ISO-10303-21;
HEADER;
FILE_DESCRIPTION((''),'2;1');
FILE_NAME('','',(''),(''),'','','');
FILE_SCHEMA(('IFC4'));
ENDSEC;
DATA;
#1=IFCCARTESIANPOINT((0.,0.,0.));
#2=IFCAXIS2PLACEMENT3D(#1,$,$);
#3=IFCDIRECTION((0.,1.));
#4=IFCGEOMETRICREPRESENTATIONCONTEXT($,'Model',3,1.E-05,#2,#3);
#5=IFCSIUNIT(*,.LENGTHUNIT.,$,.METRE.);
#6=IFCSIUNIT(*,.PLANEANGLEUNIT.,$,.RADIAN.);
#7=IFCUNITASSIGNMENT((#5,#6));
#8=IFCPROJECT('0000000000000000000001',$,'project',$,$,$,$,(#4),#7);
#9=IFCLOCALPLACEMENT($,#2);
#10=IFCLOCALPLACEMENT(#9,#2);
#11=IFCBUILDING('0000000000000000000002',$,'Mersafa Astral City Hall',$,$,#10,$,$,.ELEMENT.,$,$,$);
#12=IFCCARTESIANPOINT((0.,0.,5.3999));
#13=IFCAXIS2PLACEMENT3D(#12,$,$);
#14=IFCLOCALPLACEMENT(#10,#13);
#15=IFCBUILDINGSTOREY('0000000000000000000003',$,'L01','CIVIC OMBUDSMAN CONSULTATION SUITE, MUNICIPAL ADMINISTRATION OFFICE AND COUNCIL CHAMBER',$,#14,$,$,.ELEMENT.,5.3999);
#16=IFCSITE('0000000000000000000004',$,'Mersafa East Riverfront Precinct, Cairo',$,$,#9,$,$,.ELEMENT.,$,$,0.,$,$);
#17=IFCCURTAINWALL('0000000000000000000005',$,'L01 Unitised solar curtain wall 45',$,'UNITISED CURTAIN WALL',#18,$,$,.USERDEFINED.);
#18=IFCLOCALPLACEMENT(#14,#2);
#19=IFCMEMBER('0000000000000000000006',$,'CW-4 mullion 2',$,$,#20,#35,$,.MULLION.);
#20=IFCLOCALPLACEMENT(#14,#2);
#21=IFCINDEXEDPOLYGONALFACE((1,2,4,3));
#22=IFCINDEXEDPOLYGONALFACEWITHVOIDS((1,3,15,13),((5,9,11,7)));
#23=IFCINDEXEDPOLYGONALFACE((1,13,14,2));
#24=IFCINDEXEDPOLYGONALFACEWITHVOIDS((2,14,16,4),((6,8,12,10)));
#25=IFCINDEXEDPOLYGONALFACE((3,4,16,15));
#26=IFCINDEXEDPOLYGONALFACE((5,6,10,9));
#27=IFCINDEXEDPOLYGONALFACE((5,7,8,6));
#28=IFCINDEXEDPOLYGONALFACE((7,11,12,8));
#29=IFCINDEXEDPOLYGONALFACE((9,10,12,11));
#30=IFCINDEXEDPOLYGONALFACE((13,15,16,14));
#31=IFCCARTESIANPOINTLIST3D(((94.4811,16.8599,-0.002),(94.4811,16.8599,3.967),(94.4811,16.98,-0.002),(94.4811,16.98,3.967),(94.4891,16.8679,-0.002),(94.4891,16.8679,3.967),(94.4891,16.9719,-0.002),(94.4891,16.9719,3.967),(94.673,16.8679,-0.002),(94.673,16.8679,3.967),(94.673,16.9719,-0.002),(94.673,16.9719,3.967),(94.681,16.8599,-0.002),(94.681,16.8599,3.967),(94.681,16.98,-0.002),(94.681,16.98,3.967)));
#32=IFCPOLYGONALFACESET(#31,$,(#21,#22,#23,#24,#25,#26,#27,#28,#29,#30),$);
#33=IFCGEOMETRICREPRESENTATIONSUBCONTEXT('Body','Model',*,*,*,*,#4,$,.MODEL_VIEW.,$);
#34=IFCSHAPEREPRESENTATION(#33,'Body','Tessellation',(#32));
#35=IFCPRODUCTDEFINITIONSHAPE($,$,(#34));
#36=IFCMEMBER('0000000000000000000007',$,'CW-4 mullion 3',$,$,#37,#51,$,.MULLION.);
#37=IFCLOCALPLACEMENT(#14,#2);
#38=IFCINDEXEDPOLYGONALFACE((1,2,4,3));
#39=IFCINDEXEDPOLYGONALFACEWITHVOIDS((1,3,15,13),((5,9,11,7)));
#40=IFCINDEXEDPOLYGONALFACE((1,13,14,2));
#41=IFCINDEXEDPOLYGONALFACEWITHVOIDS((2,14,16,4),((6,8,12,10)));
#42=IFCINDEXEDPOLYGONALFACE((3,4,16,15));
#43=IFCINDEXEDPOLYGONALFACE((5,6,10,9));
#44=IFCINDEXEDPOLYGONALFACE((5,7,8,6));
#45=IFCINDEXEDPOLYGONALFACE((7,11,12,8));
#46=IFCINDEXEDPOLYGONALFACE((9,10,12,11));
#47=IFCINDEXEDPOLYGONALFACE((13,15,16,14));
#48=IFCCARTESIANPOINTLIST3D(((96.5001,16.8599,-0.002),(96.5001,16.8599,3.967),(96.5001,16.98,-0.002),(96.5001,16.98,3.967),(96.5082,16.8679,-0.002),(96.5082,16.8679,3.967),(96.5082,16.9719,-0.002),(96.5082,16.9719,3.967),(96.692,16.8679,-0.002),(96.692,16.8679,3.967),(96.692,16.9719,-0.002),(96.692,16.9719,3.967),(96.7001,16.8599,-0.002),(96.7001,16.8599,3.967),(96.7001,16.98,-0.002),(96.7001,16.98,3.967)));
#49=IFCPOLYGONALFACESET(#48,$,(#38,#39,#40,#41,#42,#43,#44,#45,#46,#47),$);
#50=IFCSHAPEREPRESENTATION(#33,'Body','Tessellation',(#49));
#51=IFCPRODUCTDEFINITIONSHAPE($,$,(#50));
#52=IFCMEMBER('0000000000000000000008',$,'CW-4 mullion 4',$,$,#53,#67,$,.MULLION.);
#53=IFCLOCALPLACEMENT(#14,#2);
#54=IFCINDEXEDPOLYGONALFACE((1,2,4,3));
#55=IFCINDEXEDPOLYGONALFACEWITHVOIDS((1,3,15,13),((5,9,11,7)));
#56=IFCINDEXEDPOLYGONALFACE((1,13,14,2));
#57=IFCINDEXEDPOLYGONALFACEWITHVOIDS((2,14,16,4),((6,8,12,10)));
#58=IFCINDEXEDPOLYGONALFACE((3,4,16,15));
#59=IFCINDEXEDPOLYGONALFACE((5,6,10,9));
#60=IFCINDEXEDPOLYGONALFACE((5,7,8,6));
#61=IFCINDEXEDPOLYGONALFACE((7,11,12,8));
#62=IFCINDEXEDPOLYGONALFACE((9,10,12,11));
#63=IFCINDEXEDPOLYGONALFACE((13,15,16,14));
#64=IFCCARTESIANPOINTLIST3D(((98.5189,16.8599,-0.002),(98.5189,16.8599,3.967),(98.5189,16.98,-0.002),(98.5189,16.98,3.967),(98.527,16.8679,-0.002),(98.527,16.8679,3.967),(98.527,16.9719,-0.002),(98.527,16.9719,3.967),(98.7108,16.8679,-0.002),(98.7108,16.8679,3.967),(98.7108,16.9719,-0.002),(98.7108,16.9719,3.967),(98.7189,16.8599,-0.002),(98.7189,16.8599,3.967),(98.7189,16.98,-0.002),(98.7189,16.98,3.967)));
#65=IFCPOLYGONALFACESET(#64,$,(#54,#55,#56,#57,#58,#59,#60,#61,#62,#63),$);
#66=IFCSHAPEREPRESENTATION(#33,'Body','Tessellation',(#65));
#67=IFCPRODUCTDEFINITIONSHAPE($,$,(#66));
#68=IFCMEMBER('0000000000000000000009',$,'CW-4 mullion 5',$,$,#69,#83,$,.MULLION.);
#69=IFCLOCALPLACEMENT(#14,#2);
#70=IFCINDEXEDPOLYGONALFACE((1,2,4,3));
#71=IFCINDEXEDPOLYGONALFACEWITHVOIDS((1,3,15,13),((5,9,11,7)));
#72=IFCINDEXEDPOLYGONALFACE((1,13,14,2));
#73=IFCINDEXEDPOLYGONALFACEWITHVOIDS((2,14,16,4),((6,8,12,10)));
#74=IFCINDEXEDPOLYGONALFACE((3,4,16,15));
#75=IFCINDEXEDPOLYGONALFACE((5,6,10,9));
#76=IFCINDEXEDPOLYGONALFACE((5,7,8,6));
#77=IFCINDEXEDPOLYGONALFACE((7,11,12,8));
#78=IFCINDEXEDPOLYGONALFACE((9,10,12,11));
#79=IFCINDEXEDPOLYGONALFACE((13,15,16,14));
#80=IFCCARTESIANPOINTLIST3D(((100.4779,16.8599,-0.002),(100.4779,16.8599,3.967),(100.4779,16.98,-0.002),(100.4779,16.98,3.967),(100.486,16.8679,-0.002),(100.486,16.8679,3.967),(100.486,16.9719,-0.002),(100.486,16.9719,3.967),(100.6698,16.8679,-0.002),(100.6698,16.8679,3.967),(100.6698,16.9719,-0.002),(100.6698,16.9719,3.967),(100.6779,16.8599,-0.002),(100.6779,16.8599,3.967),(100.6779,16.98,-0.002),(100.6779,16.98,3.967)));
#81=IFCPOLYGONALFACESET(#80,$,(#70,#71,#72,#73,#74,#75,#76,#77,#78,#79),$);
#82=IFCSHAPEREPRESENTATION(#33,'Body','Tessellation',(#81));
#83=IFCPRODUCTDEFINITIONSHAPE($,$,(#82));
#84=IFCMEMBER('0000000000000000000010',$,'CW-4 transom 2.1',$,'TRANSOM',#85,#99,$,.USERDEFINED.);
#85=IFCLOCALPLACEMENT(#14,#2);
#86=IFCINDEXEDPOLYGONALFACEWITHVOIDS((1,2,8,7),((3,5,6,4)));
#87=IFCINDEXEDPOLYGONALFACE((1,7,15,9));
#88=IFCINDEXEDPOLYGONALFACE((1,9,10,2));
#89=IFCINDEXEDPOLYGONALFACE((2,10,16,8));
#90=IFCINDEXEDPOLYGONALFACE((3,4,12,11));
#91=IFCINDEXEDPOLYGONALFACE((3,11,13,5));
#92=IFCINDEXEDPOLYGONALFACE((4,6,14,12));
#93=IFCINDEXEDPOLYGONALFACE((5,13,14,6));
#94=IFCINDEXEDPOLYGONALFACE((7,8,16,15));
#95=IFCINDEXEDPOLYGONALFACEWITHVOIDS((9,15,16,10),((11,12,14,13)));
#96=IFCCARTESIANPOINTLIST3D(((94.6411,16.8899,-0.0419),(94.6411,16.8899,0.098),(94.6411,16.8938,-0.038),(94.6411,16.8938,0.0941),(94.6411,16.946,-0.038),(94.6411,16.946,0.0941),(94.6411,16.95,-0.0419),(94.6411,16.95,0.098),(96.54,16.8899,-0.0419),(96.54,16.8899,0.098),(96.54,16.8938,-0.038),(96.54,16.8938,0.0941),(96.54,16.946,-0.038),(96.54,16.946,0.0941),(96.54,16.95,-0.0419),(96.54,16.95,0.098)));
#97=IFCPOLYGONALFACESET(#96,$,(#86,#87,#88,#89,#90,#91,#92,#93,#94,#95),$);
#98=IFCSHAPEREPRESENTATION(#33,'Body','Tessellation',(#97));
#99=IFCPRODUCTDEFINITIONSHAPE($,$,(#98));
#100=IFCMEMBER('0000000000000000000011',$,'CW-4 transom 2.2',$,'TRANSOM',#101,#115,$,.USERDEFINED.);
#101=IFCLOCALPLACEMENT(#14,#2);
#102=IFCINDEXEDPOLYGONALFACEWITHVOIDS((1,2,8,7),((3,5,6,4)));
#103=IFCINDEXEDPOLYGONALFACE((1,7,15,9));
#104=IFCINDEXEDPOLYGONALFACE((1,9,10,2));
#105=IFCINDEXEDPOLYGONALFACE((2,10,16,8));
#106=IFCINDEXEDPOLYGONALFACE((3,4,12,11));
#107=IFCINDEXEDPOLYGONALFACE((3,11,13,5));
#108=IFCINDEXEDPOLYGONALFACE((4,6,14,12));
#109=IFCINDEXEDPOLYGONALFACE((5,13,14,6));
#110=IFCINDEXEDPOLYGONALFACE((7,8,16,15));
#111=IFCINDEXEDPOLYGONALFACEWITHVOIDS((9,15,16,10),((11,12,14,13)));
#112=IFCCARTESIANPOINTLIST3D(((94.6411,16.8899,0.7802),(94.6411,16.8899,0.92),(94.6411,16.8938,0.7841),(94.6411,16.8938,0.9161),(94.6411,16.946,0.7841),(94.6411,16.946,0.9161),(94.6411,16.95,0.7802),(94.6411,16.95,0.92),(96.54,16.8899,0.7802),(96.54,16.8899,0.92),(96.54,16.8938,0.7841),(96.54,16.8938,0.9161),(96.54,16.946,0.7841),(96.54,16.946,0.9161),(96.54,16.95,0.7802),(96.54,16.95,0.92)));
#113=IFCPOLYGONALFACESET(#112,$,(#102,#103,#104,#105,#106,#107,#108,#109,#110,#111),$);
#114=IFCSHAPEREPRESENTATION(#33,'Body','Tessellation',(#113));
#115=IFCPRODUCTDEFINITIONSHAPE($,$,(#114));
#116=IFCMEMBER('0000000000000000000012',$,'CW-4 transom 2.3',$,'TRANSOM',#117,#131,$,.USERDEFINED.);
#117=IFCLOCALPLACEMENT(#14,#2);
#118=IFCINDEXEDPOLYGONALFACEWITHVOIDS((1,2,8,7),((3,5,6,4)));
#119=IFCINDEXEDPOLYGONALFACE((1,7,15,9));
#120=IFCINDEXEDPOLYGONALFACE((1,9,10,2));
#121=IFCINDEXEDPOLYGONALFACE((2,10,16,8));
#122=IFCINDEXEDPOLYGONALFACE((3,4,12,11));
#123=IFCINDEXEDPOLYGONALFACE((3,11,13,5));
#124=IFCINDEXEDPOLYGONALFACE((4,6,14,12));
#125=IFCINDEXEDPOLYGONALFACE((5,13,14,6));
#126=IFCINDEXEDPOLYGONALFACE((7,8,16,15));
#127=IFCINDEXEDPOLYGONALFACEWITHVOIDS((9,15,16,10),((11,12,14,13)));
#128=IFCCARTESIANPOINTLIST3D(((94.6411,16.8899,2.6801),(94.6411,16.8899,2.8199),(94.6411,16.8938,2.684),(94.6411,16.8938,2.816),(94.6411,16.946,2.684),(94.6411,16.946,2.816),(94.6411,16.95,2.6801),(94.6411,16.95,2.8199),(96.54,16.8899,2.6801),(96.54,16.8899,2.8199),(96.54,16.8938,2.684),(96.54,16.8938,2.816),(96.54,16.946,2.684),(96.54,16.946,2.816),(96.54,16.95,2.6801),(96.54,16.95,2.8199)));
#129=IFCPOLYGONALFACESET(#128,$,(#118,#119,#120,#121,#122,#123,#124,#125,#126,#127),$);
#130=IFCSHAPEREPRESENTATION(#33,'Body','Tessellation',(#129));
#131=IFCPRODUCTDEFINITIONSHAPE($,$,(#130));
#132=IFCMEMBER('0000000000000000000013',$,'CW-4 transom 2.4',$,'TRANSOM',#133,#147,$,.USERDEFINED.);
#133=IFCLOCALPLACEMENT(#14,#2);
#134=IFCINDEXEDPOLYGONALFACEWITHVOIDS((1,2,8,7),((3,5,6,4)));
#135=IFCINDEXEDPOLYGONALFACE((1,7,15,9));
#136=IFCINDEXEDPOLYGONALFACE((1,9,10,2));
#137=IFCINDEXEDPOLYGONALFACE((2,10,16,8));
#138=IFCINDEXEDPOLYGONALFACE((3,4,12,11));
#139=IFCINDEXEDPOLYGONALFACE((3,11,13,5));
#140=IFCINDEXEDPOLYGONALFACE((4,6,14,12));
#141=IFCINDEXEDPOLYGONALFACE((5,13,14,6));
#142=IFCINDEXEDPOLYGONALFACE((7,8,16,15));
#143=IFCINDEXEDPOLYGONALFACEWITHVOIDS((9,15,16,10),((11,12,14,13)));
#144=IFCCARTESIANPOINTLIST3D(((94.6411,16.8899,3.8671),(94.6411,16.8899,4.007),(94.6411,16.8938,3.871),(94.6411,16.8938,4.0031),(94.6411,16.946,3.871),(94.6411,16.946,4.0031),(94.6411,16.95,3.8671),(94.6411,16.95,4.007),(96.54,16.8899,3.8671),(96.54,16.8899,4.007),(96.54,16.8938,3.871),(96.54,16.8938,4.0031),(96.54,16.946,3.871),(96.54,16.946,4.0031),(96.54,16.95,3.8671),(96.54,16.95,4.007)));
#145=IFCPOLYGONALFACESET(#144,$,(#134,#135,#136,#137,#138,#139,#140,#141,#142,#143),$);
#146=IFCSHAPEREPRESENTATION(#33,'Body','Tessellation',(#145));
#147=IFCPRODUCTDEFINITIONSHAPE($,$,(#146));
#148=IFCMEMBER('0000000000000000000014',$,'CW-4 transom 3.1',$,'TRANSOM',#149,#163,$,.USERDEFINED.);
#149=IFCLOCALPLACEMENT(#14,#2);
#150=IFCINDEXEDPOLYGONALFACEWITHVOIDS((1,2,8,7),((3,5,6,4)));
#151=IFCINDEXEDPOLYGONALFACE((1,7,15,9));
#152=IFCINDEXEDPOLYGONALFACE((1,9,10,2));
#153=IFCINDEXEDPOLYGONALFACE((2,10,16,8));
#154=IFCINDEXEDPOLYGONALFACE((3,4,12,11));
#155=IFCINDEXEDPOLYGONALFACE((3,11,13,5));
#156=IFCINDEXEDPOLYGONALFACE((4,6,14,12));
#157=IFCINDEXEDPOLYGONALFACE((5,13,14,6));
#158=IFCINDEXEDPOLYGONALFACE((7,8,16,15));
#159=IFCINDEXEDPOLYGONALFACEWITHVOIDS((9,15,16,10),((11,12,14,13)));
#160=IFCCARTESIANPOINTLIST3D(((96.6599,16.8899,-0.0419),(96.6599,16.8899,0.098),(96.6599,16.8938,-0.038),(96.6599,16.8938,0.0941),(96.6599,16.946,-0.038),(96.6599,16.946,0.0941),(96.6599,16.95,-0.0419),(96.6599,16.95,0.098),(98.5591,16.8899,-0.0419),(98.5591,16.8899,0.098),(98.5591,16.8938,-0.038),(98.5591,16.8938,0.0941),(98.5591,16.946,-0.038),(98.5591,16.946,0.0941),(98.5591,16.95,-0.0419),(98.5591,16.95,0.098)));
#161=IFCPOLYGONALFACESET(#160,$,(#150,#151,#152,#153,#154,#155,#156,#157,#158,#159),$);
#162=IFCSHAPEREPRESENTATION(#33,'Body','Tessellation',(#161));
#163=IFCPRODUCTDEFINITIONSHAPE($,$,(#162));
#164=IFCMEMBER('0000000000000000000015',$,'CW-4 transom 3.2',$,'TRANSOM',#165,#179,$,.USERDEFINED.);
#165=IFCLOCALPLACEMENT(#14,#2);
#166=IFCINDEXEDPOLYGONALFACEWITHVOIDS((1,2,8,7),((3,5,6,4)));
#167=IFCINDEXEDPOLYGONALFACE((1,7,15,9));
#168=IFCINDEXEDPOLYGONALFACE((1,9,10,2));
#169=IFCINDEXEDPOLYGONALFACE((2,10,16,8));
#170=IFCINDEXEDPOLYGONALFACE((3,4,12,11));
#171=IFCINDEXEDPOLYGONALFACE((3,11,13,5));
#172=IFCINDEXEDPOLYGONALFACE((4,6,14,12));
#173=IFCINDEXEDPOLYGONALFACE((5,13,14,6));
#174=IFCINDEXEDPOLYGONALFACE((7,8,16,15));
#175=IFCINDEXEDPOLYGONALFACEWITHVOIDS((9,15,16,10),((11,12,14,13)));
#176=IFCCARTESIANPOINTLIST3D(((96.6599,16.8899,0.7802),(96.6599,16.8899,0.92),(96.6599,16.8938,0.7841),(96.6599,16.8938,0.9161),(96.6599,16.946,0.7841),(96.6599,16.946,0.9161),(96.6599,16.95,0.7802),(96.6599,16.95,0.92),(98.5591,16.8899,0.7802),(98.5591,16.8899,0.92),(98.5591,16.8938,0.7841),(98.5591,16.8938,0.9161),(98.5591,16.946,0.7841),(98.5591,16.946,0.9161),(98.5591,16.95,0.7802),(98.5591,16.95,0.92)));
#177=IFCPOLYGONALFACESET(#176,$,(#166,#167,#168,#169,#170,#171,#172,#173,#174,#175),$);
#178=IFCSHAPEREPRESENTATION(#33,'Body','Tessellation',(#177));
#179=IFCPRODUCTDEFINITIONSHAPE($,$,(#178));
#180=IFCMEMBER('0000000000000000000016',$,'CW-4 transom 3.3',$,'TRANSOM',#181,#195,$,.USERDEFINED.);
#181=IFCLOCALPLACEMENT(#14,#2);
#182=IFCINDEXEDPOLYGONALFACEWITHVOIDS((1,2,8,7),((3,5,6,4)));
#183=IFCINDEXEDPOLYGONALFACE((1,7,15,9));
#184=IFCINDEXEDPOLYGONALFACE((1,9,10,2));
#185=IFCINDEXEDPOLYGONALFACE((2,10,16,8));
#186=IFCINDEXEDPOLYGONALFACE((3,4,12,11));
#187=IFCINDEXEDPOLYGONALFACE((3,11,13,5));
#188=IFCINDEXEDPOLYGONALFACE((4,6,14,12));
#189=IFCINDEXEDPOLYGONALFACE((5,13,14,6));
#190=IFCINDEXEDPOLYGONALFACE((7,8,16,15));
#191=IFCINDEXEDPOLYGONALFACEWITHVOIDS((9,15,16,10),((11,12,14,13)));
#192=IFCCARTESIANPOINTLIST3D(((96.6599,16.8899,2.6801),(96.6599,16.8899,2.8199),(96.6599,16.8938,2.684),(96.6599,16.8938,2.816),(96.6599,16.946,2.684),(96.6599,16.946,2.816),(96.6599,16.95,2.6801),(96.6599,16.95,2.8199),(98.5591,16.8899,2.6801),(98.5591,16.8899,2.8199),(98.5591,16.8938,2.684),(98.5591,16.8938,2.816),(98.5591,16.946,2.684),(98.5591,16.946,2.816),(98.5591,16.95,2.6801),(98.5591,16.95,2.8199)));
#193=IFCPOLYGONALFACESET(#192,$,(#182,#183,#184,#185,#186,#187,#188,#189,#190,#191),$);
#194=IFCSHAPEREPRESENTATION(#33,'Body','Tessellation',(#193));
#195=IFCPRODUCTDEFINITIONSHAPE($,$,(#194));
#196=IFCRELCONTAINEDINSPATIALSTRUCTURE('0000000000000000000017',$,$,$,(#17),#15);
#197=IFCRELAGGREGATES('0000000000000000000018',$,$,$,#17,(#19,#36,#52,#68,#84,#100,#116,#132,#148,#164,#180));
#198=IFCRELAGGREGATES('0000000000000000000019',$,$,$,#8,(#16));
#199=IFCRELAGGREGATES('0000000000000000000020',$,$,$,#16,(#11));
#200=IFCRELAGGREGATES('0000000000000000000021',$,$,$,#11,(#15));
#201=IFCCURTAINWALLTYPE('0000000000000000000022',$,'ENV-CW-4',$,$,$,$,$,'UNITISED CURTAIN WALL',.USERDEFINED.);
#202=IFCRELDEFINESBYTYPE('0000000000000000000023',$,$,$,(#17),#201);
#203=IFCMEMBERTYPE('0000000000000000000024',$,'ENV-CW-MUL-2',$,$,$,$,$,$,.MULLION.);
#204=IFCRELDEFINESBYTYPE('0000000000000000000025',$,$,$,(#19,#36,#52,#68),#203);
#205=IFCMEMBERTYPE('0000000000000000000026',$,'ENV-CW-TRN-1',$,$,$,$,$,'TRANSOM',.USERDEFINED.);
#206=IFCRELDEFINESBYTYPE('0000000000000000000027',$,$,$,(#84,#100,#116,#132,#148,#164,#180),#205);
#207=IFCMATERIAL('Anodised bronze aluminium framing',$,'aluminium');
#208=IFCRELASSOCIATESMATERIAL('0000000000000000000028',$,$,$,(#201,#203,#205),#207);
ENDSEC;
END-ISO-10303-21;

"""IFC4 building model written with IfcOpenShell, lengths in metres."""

from ifc_helpers import new_model, si_unit, direction, frame, origin, origin_2d, place, context, subcontext, project, spatial, hollow_rectangle, extrude, material, material_profile, profile_set, type_object, element, aggregate, save


model = new_model("IFC4")

# Units and contexts
model_context = context("Model", 3, precision=1e-05, world=origin(), true_north=direction((0.0, 1.0)))
body_context = subcontext(model_context, "Body", "Model", "MODEL_VIEW")
ifc_project = project(units=[si_unit("LENGTHUNIT", "METRE"), si_unit("PLANEANGLEUNIT", "RADIAN")], contexts=[model_context])

# Site, building, storey
site_placement = place(None, origin())
site = spatial("IfcSite", under=ifc_project, at=site_placement, Name="Mersafa East Riverfront Precinct, Cairo", CompositionType="ELEMENT", RefElevation=0.0)
building_placement = place(site_placement, origin())
building = spatial("IfcBuilding", under=site, at=building_placement, Name="Mersafa Astral City Hall", CompositionType="ELEMENT")
storey_placement = place(building_placement, frame((0.0, 0.0, 5.3999)))
storey = spatial("IfcBuildingStorey", under=building, at=storey_placement, Name="L01", Description="CIVIC OMBUDSMAN CONSULTATION SUITE, MUNICIPAL ADMINISTRATION OFFICE AND COUNCIL CHAMBER", CompositionType="ELEMENT", Elevation=5.3999)

# Curtain wall, members
ifc_material_1 = material(Name="Anodised bronze aluminium framing", Category="aluminium")
curtain_wall_type = type_object("IfcCurtainWallType", Name="ENV-CW-4", ElementType="UNITISED CURTAIN WALL", PredefinedType="USERDEFINED", material=ifc_material_1)
curtain_wall_placement = place(storey_placement, origin())
curtain_wall = element("IfcCurtainWall", 1, at=curtain_wall_placement, inside=storey, type_object=curtain_wall_type, Name="L01 Unitised solar curtain wall 45", ObjectType="UNITISED CURTAIN WALL", PredefinedType="USERDEFINED")
ifc_material_profile_1 = material_profile(ifc_material_1, hollow_rectangle(XDim=0.1201, YDim=0.2, WallThickness=0.0081, at=origin_2d()), Name="RHS 120x200x8")
ifc_profile_set_1 = profile_set([ifc_material_profile_1], Name="Anodised bronze aluminium framing")
member_type_1 = type_object("IfcMemberType", Name="ENV-CW-MUL-2", PredefinedType="MULLION", material=ifc_profile_set_1)
member_1_placement = place(storey_placement, frame((94.5811, 16.9199, -0.002), z_axis=(0.0, 0.0, 1.0), x_axis=(0.0, 1.0, 0.0)))
member_1 = element("IfcMember", 2, at=member_1_placement, type_object=member_type_1, Name="CW-4 mullion 2", PredefinedType="MULLION", context=body_context, shape_type="SweptSolid", body=[
    extrude(hollow_rectangle(XDim=0.1201, YDim=0.2, WallThickness=0.0081, at=origin_2d()), origin(), (0.0, 0.0, 1.0), 3.969),
])
member_2_placement = place(storey_placement, frame((96.6001, 16.9199, -0.002), z_axis=(0.0, 0.0, 1.0), x_axis=(0.0, 1.0, 0.0)))
member_2 = element("IfcMember", 3, at=member_2_placement, type_object=member_type_1, Name="CW-4 mullion 3", PredefinedType="MULLION", context=body_context, shape_type="SweptSolid", body=[
    extrude(hollow_rectangle(XDim=0.1201, YDim=0.2, WallThickness=0.0081, at=origin_2d()), origin(), (0.0, 0.0, 1.0), 3.969),
])
member_3_placement = place(storey_placement, frame((98.6189, 16.9199, -0.002), z_axis=(0.0, 0.0, 1.0), x_axis=(0.0, 1.0, 0.0)))
member_3 = element("IfcMember", 4, at=member_3_placement, type_object=member_type_1, Name="CW-4 mullion 4", PredefinedType="MULLION", context=body_context, shape_type="SweptSolid", body=[
    extrude(hollow_rectangle(XDim=0.1201, YDim=0.2, WallThickness=0.0081, at=origin_2d()), origin(), (0.0, 0.0, 1.0), 3.969),
])
member_4_placement = place(storey_placement, frame((100.5779, 16.9199, -0.002), z_axis=(0.0, 0.0, 1.0), x_axis=(0.0, 1.0, 0.0)))
member_4 = element("IfcMember", 5, at=member_4_placement, type_object=member_type_1, Name="CW-4 mullion 5", PredefinedType="MULLION", context=body_context, shape_type="SweptSolid", body=[
    extrude(hollow_rectangle(XDim=0.1201, YDim=0.2, WallThickness=0.0081, at=origin_2d()), origin(), (0.0, 0.0, 1.0), 3.969),
])
ifc_material_profile_2 = material_profile(ifc_material_1, hollow_rectangle(XDim=0.0601, YDim=0.1399, WallThickness=0.0039, at=origin_2d()), Name="RHS 60x140x4")
ifc_profile_set_2 = profile_set([ifc_material_profile_2], Name="Anodised bronze aluminium framing")
member_type_2 = type_object("IfcMemberType", Name="ENV-CW-TRN-1", ElementType="TRANSOM", PredefinedType="USERDEFINED", material=ifc_profile_set_2)
member_5_placement = place(storey_placement, frame((94.6411, 16.9199, 0.0281), z_axis=(1.0, 0.0, 0.0), x_axis=(0.0, 1.0, 0.0)))
member_5 = element("IfcMember", 6, at=member_5_placement, type_object=member_type_2, Name="CW-4 transom 2.1", ObjectType="TRANSOM", PredefinedType="USERDEFINED", context=body_context, shape_type="SweptSolid", body=[
    extrude(hollow_rectangle(XDim=0.0601, YDim=0.1399, WallThickness=0.0039, at=origin_2d()), origin(), (0.0, 0.0, 1.0), 1.8989),
])
member_6_placement = place(storey_placement, frame((94.6411, 16.9199, 0.8501), z_axis=(1.0, 0.0, 0.0), x_axis=(0.0, 1.0, 0.0)))
member_6 = element("IfcMember", 7, at=member_6_placement, type_object=member_type_2, Name="CW-4 transom 2.2", ObjectType="TRANSOM", PredefinedType="USERDEFINED", context=body_context, shape_type="SweptSolid", body=[
    extrude(hollow_rectangle(XDim=0.0601, YDim=0.1399, WallThickness=0.0039, at=origin_2d()), origin(), (0.0, 0.0, 1.0), 1.8989),
])
member_7_placement = place(storey_placement, frame((94.6411, 16.9199, 2.75), z_axis=(1.0, 0.0, 0.0), x_axis=(0.0, 1.0, 0.0)))
member_7 = element("IfcMember", 8, at=member_7_placement, type_object=member_type_2, Name="CW-4 transom 2.3", ObjectType="TRANSOM", PredefinedType="USERDEFINED", context=body_context, shape_type="SweptSolid", body=[
    extrude(hollow_rectangle(XDim=0.0601, YDim=0.1399, WallThickness=0.0039, at=origin_2d()), origin(), (0.0, 0.0, 1.0), 1.8989),
])
member_8_placement = place(storey_placement, frame((94.6411, 16.9199, 3.937), z_axis=(1.0, 0.0, 0.0), x_axis=(0.0, 1.0, 0.0)))
member_8 = element("IfcMember", 9, at=member_8_placement, type_object=member_type_2, Name="CW-4 transom 2.4", ObjectType="TRANSOM", PredefinedType="USERDEFINED", context=body_context, shape_type="SweptSolid", body=[
    extrude(hollow_rectangle(XDim=0.0601, YDim=0.1399, WallThickness=0.0039, at=origin_2d()), origin(), (0.0, 0.0, 1.0), 1.8989),
])
member_9_placement = place(storey_placement, frame((96.6599, 16.9199, 0.0281), z_axis=(1.0, 0.0, 0.0), x_axis=(0.0, 1.0, 0.0)))
member_9 = element("IfcMember", 10, at=member_9_placement, type_object=member_type_2, Name="CW-4 transom 3.1", ObjectType="TRANSOM", PredefinedType="USERDEFINED", context=body_context, shape_type="SweptSolid", body=[
    extrude(hollow_rectangle(XDim=0.0601, YDim=0.1399, WallThickness=0.0039, at=origin_2d()), origin(), (0.0, 0.0, 1.0), 1.8992),
])
member_10_placement = place(storey_placement, frame((96.6599, 16.9199, 0.8501), z_axis=(1.0, 0.0, 0.0), x_axis=(0.0, 1.0, 0.0)))
member_10 = element("IfcMember", 11, at=member_10_placement, type_object=member_type_2, Name="CW-4 transom 3.2", ObjectType="TRANSOM", PredefinedType="USERDEFINED", context=body_context, shape_type="SweptSolid", body=[
    extrude(hollow_rectangle(XDim=0.0601, YDim=0.1399, WallThickness=0.0039, at=origin_2d()), origin(), (0.0, 0.0, 1.0), 1.8992),
])
member_11_placement = place(storey_placement, frame((96.6599, 16.9199, 2.75), z_axis=(1.0, 0.0, 0.0), x_axis=(0.0, 1.0, 0.0)))
member_11 = element("IfcMember", 12, at=member_11_placement, type_object=member_type_2, Name="CW-4 transom 3.3", ObjectType="TRANSOM", PredefinedType="USERDEFINED", context=body_context, shape_type="SweptSolid", body=[
    extrude(hollow_rectangle(XDim=0.0601, YDim=0.1399, WallThickness=0.0039, at=origin_2d()), origin(), (0.0, 0.0, 1.0), 1.8992),
])

aggregate(curtain_wall, [member_1, member_2, member_3, member_4, member_5, member_6, member_7, member_8, member_9, member_10, member_11])

save(model, "model.ifc")
